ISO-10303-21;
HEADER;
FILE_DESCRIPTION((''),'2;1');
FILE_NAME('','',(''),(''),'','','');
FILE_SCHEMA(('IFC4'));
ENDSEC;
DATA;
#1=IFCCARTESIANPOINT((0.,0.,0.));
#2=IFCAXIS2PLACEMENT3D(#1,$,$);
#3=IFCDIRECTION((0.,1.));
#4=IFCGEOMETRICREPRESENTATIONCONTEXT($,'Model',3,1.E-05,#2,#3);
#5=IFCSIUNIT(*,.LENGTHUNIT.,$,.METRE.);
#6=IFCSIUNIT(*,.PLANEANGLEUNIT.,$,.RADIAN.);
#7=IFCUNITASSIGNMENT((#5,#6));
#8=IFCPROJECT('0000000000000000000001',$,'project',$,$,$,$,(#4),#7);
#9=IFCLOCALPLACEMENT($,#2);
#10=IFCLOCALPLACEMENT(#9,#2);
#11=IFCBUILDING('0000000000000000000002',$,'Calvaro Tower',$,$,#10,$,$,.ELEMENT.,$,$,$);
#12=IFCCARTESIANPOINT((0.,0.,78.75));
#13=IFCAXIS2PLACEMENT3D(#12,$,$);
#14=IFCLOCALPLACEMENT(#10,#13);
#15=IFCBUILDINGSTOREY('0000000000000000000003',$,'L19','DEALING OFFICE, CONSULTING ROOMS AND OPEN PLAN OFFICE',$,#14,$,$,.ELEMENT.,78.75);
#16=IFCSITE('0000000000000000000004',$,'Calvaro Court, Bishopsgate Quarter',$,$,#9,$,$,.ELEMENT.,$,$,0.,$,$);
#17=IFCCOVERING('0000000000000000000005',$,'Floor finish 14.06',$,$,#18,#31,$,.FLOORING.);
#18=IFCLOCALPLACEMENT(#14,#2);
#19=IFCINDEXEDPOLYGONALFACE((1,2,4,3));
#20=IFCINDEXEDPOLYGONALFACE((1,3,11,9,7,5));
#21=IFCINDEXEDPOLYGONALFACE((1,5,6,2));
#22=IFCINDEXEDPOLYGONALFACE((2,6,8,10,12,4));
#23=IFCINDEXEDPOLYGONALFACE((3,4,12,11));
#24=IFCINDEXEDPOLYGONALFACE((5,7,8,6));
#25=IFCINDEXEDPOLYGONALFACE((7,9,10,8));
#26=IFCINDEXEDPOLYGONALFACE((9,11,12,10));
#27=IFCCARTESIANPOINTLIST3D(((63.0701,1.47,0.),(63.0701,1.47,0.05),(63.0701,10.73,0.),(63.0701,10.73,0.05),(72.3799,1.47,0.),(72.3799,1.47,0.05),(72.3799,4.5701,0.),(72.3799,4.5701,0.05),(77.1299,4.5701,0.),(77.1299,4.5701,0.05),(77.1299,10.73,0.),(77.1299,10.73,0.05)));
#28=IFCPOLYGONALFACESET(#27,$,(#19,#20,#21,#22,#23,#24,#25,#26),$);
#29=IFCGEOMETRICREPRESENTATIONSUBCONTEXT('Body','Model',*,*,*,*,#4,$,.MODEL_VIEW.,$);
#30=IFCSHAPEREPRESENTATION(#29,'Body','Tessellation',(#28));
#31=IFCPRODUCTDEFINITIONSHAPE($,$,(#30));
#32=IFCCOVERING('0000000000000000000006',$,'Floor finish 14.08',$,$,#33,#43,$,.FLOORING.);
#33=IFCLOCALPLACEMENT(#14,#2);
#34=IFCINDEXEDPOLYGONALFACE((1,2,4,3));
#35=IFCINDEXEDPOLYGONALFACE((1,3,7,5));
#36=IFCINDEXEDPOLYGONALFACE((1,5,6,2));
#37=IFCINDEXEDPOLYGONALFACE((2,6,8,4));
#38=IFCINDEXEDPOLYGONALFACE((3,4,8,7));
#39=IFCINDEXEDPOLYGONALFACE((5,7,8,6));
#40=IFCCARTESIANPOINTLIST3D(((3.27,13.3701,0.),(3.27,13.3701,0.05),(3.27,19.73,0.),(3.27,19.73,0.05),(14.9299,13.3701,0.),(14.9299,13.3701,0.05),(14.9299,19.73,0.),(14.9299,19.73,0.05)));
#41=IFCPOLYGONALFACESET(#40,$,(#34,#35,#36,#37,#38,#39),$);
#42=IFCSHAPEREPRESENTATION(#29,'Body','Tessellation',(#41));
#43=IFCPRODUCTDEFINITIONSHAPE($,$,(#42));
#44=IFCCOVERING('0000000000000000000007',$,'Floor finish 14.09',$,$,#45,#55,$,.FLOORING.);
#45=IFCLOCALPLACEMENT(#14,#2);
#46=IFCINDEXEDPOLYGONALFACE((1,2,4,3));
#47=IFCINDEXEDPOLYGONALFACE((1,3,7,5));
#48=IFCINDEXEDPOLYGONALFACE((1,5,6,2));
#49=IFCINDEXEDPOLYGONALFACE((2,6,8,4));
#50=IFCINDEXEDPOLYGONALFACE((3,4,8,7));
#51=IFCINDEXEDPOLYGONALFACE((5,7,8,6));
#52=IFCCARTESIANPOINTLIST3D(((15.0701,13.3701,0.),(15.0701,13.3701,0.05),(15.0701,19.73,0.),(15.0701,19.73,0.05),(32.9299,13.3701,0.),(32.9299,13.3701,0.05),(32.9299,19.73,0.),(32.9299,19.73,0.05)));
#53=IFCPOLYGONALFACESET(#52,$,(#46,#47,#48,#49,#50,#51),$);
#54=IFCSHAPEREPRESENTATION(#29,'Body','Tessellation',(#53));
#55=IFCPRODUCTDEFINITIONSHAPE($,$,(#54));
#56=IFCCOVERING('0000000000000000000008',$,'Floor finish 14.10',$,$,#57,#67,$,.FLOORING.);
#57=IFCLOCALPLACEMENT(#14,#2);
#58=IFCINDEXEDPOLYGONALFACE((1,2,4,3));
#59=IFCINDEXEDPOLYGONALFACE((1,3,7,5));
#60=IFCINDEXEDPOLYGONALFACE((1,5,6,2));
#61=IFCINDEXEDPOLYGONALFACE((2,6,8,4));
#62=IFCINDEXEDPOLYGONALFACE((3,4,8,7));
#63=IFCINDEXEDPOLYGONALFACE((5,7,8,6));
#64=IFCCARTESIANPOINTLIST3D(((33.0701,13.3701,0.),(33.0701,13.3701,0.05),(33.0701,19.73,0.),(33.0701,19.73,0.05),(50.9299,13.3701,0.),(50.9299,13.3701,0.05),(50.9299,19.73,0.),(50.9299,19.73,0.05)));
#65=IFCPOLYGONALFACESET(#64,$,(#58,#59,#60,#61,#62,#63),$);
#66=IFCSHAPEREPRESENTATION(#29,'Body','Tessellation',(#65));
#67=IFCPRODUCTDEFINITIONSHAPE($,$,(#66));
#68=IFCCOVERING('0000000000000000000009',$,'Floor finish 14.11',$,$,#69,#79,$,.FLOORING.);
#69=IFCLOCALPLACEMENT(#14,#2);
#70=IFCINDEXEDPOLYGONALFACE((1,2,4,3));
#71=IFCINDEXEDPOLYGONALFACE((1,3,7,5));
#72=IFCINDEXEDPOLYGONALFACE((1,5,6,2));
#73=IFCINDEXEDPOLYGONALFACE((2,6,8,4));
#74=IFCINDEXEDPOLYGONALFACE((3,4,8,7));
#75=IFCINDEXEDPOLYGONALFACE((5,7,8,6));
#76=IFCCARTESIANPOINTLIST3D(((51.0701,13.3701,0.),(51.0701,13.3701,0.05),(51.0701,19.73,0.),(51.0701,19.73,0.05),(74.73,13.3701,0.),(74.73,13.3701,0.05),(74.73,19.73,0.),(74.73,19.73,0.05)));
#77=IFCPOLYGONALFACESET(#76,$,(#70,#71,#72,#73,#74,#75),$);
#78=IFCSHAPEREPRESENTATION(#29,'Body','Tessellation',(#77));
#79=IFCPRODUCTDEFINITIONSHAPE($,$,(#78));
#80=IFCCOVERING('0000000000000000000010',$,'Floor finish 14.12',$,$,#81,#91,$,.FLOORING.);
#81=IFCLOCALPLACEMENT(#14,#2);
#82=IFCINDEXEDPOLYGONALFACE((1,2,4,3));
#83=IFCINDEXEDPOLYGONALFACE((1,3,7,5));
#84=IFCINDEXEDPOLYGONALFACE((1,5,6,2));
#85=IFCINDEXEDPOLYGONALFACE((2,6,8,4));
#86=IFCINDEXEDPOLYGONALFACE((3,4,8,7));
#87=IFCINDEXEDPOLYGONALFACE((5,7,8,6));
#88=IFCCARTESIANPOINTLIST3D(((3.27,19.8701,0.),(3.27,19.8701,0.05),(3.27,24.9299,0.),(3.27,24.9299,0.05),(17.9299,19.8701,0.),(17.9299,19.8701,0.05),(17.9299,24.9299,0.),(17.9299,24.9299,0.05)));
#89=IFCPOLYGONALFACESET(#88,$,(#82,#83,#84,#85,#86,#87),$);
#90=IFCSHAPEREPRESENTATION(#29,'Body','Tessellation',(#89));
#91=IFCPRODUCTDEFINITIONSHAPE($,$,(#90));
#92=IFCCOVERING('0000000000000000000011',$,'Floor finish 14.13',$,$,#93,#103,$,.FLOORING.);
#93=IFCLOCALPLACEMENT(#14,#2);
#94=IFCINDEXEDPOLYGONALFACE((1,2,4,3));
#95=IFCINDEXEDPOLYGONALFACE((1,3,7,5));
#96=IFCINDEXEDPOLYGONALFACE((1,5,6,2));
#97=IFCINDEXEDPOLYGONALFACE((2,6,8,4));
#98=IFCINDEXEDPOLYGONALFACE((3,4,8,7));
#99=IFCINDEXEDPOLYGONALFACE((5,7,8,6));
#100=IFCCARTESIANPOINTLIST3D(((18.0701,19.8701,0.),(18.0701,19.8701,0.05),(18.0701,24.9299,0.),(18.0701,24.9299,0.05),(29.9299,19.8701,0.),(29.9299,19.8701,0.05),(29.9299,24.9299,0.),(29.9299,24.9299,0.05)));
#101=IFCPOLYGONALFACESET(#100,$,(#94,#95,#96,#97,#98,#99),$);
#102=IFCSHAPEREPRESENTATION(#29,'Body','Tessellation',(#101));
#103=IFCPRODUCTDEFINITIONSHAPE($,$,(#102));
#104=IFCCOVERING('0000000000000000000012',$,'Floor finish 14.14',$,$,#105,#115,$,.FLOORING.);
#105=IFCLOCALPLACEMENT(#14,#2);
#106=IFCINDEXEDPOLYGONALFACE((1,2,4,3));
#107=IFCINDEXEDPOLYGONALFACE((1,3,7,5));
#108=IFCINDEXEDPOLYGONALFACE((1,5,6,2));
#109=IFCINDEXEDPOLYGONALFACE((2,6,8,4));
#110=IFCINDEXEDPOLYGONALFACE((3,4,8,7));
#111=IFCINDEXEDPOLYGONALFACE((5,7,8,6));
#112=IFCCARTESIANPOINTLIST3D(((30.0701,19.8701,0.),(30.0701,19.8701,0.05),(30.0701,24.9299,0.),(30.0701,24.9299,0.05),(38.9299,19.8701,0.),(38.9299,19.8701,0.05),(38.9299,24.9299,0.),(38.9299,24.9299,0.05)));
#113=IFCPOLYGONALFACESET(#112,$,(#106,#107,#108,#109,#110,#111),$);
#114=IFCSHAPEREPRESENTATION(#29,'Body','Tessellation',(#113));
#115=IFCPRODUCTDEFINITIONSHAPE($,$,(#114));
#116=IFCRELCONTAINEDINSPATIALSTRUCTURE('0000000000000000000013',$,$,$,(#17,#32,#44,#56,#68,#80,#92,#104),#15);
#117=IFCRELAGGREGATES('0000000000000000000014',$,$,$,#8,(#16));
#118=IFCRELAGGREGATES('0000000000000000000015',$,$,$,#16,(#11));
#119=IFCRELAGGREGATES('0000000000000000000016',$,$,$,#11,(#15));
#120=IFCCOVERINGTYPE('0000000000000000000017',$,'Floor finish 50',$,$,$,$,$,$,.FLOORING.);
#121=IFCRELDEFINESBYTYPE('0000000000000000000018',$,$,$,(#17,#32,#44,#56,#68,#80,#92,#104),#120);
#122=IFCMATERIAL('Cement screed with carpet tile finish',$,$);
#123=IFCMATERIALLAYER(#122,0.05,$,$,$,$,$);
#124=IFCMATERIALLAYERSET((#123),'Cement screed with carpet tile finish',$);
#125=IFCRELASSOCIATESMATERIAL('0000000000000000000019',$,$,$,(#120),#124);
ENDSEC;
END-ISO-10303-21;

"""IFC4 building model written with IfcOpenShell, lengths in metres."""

from ifc_helpers import new_model, si_unit, direction, frame, origin, place, context, subcontext, project, spatial, polyline, outline, extrude, material, layer, layer_set, type_object, element, save


model = new_model("IFC4")

# Units and contexts
model_context = context("Model", 3, precision=1e-05, world=origin(), true_north=direction((0.0, 1.0)))
body_context = subcontext(model_context, "Body", "Model", "MODEL_VIEW")
ifc_project = project(units=[si_unit("LENGTHUNIT", "METRE"), si_unit("PLANEANGLEUNIT", "RADIAN")], contexts=[model_context])

# Site, building, storey
site_placement = place(None, origin())
site = spatial("IfcSite", under=ifc_project, at=site_placement, Name="Calvaro Court, Bishopsgate Quarter", CompositionType="ELEMENT", RefElevation=0.0)
building_placement = place(site_placement, origin())
building = spatial("IfcBuilding", under=site, at=building_placement, Name="Calvaro Tower", CompositionType="ELEMENT")
storey_placement = place(building_placement, frame((0.0, 0.0, 78.75)))
storey = spatial("IfcBuildingStorey", under=building, at=storey_placement, Name="L19", Description="DEALING OFFICE, CONSULTING ROOMS AND OPEN PLAN OFFICE", CompositionType="ELEMENT", Elevation=78.75)

# Coverings
ifc_material_1 = material(Name="Cement screed with carpet tile finish")
ifc_layer_1 = layer(ifc_material_1, 0.05)
ifc_layer_set_1 = layer_set([ifc_layer_1], Name="Cement screed with carpet tile finish")
covering_type = type_object("IfcCoveringType", Name="Floor finish 50", PredefinedType="FLOORING", material=ifc_layer_set_1)
covering_1_placement = place(storey_placement, origin())
element("IfcCovering", 1, at=covering_1_placement, inside=storey, type_object=covering_type, Name="Floor finish 14.06", PredefinedType="FLOORING", context=body_context, shape_type="SweptSolid", body=[
    extrude(outline(polyline([(77.1299, 4.5701), (72.3799, 4.5701), (72.3799, 1.47), (63.0701, 1.47), (63.0701, 10.73), (77.1299, 10.73), (77.1299, 4.5701)])), origin(), (0.0, 0.0, 1.0), 0.05),
])
covering_2_placement = place(storey_placement, origin())
element("IfcCovering", 2, at=covering_2_placement, inside=storey, type_object=covering_type, Name="Floor finish 14.08", PredefinedType="FLOORING", context=body_context, shape_type="SweptSolid", body=[
    extrude(outline(polyline([(3.27, 13.3701), (3.27, 19.73), (14.9299, 19.73), (14.9299, 13.3701), (3.27, 13.3701)])), origin(), (0.0, 0.0, 1.0), 0.05),
])
covering_3_placement = place(storey_placement, origin())
element("IfcCovering", 3, at=covering_3_placement, inside=storey, type_object=covering_type, Name="Floor finish 14.09", PredefinedType="FLOORING", context=body_context, shape_type="SweptSolid", body=[
    extrude(outline(polyline([(15.0701, 13.3701), (15.0701, 19.73), (32.9299, 19.73), (32.9299, 13.3701), (15.0701, 13.3701)])), origin(), (0.0, 0.0, 1.0), 0.05),
])
covering_4_placement = place(storey_placement, origin())
element("IfcCovering", 4, at=covering_4_placement, inside=storey, type_object=covering_type, Name="Floor finish 14.10", PredefinedType="FLOORING", context=body_context, shape_type="SweptSolid", body=[
    extrude(outline(polyline([(33.0701, 13.3701), (33.0701, 19.73), (50.9299, 19.73), (50.9299, 13.3701), (33.0701, 13.3701)])), origin(), (0.0, 0.0, 1.0), 0.05),
])
covering_5_placement = place(storey_placement, origin())
element("IfcCovering", 5, at=covering_5_placement, inside=storey, type_object=covering_type, Name="Floor finish 14.11", PredefinedType="FLOORING", context=body_context, shape_type="SweptSolid", body=[
    extrude(outline(polyline([(51.0701, 13.3701), (51.0701, 19.73), (74.73, 19.73), (74.73, 13.3701), (51.0701, 13.3701)])), origin(), (0.0, 0.0, 1.0), 0.05),
])
covering_6_placement = place(storey_placement, origin())
element("IfcCovering", 6, at=covering_6_placement, inside=storey, type_object=covering_type, Name="Floor finish 14.12", PredefinedType="FLOORING", context=body_context, shape_type="SweptSolid", body=[
    extrude(outline(polyline([(3.27, 19.8701), (3.27, 24.9299), (17.9299, 24.9299), (17.9299, 19.8701), (3.27, 19.8701)])), origin(), (0.0, 0.0, 1.0), 0.05),
])
covering_7_placement = place(storey_placement, origin())
element("IfcCovering", 7, at=covering_7_placement, inside=storey, type_object=covering_type, Name="Floor finish 14.13", PredefinedType="FLOORING", context=body_context, shape_type="SweptSolid", body=[
    extrude(outline(polyline([(18.0701, 19.8701), (18.0701, 24.9299), (29.9299, 24.9299), (29.9299, 19.8701), (18.0701, 19.8701)])), origin(), (0.0, 0.0, 1.0), 0.05),
])
covering_8_placement = place(storey_placement, origin())
element("IfcCovering", 8, at=covering_8_placement, inside=storey, type_object=covering_type, Name="Floor finish 14.14", PredefinedType="FLOORING", context=body_context, shape_type="SweptSolid", body=[
    extrude(outline(polyline([(30.0701, 19.8701), (30.0701, 24.9299), (38.9299, 24.9299), (38.9299, 19.8701), (30.0701, 19.8701)])), origin(), (0.0, 0.0, 1.0), 0.05),
])

save(model, "model.ifc")
